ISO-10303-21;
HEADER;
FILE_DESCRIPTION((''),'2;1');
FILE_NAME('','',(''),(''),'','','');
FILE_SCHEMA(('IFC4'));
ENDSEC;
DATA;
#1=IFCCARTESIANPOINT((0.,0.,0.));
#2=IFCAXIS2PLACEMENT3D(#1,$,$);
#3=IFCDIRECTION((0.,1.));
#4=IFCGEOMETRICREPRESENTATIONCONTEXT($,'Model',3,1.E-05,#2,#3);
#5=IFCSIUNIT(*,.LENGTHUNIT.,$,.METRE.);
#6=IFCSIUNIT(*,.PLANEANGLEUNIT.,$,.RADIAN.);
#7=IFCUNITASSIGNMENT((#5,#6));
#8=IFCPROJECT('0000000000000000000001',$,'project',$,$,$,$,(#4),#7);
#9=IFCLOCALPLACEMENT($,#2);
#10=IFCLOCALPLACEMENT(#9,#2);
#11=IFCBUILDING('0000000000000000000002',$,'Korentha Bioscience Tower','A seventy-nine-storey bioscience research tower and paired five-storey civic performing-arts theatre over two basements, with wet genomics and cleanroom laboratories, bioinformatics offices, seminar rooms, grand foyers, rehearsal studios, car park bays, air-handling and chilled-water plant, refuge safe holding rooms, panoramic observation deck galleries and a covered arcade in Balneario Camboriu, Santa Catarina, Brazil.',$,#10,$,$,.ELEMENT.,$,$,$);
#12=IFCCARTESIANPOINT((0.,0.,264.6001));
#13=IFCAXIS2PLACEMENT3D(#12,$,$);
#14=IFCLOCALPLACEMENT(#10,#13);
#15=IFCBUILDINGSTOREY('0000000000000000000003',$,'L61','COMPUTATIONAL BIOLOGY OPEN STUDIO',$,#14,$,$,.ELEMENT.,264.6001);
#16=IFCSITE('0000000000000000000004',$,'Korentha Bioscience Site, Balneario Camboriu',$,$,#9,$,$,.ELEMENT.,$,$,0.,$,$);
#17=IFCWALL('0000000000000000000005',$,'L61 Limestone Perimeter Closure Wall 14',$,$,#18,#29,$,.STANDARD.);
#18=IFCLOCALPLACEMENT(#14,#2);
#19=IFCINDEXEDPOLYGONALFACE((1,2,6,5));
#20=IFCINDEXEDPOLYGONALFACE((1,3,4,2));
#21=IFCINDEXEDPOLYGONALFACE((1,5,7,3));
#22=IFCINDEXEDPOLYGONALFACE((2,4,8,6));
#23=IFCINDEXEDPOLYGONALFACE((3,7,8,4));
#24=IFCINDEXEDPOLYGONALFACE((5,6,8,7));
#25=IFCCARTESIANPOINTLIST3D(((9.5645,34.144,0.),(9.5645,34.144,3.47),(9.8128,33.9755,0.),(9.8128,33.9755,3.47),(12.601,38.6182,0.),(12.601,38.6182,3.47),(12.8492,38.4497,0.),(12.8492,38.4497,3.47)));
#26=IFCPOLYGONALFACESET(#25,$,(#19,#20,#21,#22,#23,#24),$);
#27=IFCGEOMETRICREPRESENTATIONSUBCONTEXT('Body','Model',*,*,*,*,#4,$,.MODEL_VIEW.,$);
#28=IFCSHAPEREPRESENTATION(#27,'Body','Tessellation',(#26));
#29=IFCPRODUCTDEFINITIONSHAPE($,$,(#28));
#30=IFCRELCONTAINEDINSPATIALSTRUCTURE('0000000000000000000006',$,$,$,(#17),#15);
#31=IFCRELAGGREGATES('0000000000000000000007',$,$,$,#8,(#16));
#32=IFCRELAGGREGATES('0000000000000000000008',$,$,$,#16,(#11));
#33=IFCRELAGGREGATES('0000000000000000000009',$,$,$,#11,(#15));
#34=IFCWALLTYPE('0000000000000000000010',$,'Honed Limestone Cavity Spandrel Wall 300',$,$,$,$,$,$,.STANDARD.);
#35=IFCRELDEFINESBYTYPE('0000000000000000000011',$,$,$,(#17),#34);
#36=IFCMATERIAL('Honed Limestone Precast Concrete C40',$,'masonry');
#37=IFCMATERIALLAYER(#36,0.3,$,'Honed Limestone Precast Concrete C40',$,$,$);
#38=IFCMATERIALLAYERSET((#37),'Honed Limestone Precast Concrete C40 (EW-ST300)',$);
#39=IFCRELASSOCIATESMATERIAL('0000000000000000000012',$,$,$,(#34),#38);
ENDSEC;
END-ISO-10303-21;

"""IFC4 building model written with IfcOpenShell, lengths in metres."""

from ifc_helpers import new_model, si_unit, direction, frame, frame_2d, origin, place, context, subcontext, project, spatial, rectangle, extrude, material, layer, layer_set, type_object, element, save


model = new_model("IFC4")

# Units and contexts
model_context = context("Model", 3, precision=1e-05, world=origin(), true_north=direction((0.0, 1.0)))
body_context = subcontext(model_context, "Body", "Model", "MODEL_VIEW")
ifc_project = project(units=[si_unit("LENGTHUNIT", "METRE"), si_unit("PLANEANGLEUNIT", "RADIAN")], contexts=[model_context])

# Site, building, storey
site_placement = place(None, origin())
site = spatial("IfcSite", under=ifc_project, at=site_placement, Name="Korentha Bioscience Site, Balneario Camboriu", CompositionType="ELEMENT", RefElevation=0.0)
building_placement = place(site_placement, origin())
building = spatial("IfcBuilding", under=site, at=building_placement, Name="Korentha Bioscience Tower", Description="A seventy-nine-storey bioscience research tower and paired five-storey civic performing-arts theatre over two basements, with wet genomics and cleanroom laboratories, bioinformatics offices, seminar rooms, grand foyers, rehearsal studios, car park bays, air-handling and chilled-water plant, refuge safe holding rooms, panoramic observation deck galleries and a covered arcade in Balneario Camboriu, Santa Catarina, Brazil.", CompositionType="ELEMENT")
storey_placement = place(building_placement, frame((0.0, 0.0, 264.6001)))
storey = spatial("IfcBuildingStorey", under=building, at=storey_placement, Name="L61", Description="COMPUTATIONAL BIOLOGY OPEN STUDIO", CompositionType="ELEMENT", Elevation=264.6001)

# Wall
ifc_material_1 = material(Name="Honed Limestone Precast Concrete C40", Category="masonry")
ifc_layer_1 = layer(ifc_material_1, 0.3, Name="Honed Limestone Precast Concrete C40")
ifc_layer_set_1 = layer_set([ifc_layer_1], Name="Honed Limestone Precast Concrete C40 (EW-ST300)")
wall_type_1 = type_object("IfcWallType", Name="Honed Limestone Cavity Spandrel Wall 300", PredefinedType="STANDARD", material=ifc_layer_set_1)
wall_1_placement = place(storey_placement, frame((12.7251, 38.5339, 0.0), z_axis=(0.0, 0.0, 1.0), x_axis=(-0.561548, -0.827444, 0.0)))
element("IfcWall", 1, at=wall_1_placement, inside=storey, type_object=wall_type_1, Name="L61 Limestone Perimeter Closure Wall 14", PredefinedType="STANDARD", context=body_context, shape_type="SweptSolid", body=[
    extrude(rectangle(XDim=5.4072, YDim=0.3, at=frame_2d((2.7036, 0.0))), origin(), (0.0, 0.0, 1.0), 3.47),
])

save(model, "model.ifc")
